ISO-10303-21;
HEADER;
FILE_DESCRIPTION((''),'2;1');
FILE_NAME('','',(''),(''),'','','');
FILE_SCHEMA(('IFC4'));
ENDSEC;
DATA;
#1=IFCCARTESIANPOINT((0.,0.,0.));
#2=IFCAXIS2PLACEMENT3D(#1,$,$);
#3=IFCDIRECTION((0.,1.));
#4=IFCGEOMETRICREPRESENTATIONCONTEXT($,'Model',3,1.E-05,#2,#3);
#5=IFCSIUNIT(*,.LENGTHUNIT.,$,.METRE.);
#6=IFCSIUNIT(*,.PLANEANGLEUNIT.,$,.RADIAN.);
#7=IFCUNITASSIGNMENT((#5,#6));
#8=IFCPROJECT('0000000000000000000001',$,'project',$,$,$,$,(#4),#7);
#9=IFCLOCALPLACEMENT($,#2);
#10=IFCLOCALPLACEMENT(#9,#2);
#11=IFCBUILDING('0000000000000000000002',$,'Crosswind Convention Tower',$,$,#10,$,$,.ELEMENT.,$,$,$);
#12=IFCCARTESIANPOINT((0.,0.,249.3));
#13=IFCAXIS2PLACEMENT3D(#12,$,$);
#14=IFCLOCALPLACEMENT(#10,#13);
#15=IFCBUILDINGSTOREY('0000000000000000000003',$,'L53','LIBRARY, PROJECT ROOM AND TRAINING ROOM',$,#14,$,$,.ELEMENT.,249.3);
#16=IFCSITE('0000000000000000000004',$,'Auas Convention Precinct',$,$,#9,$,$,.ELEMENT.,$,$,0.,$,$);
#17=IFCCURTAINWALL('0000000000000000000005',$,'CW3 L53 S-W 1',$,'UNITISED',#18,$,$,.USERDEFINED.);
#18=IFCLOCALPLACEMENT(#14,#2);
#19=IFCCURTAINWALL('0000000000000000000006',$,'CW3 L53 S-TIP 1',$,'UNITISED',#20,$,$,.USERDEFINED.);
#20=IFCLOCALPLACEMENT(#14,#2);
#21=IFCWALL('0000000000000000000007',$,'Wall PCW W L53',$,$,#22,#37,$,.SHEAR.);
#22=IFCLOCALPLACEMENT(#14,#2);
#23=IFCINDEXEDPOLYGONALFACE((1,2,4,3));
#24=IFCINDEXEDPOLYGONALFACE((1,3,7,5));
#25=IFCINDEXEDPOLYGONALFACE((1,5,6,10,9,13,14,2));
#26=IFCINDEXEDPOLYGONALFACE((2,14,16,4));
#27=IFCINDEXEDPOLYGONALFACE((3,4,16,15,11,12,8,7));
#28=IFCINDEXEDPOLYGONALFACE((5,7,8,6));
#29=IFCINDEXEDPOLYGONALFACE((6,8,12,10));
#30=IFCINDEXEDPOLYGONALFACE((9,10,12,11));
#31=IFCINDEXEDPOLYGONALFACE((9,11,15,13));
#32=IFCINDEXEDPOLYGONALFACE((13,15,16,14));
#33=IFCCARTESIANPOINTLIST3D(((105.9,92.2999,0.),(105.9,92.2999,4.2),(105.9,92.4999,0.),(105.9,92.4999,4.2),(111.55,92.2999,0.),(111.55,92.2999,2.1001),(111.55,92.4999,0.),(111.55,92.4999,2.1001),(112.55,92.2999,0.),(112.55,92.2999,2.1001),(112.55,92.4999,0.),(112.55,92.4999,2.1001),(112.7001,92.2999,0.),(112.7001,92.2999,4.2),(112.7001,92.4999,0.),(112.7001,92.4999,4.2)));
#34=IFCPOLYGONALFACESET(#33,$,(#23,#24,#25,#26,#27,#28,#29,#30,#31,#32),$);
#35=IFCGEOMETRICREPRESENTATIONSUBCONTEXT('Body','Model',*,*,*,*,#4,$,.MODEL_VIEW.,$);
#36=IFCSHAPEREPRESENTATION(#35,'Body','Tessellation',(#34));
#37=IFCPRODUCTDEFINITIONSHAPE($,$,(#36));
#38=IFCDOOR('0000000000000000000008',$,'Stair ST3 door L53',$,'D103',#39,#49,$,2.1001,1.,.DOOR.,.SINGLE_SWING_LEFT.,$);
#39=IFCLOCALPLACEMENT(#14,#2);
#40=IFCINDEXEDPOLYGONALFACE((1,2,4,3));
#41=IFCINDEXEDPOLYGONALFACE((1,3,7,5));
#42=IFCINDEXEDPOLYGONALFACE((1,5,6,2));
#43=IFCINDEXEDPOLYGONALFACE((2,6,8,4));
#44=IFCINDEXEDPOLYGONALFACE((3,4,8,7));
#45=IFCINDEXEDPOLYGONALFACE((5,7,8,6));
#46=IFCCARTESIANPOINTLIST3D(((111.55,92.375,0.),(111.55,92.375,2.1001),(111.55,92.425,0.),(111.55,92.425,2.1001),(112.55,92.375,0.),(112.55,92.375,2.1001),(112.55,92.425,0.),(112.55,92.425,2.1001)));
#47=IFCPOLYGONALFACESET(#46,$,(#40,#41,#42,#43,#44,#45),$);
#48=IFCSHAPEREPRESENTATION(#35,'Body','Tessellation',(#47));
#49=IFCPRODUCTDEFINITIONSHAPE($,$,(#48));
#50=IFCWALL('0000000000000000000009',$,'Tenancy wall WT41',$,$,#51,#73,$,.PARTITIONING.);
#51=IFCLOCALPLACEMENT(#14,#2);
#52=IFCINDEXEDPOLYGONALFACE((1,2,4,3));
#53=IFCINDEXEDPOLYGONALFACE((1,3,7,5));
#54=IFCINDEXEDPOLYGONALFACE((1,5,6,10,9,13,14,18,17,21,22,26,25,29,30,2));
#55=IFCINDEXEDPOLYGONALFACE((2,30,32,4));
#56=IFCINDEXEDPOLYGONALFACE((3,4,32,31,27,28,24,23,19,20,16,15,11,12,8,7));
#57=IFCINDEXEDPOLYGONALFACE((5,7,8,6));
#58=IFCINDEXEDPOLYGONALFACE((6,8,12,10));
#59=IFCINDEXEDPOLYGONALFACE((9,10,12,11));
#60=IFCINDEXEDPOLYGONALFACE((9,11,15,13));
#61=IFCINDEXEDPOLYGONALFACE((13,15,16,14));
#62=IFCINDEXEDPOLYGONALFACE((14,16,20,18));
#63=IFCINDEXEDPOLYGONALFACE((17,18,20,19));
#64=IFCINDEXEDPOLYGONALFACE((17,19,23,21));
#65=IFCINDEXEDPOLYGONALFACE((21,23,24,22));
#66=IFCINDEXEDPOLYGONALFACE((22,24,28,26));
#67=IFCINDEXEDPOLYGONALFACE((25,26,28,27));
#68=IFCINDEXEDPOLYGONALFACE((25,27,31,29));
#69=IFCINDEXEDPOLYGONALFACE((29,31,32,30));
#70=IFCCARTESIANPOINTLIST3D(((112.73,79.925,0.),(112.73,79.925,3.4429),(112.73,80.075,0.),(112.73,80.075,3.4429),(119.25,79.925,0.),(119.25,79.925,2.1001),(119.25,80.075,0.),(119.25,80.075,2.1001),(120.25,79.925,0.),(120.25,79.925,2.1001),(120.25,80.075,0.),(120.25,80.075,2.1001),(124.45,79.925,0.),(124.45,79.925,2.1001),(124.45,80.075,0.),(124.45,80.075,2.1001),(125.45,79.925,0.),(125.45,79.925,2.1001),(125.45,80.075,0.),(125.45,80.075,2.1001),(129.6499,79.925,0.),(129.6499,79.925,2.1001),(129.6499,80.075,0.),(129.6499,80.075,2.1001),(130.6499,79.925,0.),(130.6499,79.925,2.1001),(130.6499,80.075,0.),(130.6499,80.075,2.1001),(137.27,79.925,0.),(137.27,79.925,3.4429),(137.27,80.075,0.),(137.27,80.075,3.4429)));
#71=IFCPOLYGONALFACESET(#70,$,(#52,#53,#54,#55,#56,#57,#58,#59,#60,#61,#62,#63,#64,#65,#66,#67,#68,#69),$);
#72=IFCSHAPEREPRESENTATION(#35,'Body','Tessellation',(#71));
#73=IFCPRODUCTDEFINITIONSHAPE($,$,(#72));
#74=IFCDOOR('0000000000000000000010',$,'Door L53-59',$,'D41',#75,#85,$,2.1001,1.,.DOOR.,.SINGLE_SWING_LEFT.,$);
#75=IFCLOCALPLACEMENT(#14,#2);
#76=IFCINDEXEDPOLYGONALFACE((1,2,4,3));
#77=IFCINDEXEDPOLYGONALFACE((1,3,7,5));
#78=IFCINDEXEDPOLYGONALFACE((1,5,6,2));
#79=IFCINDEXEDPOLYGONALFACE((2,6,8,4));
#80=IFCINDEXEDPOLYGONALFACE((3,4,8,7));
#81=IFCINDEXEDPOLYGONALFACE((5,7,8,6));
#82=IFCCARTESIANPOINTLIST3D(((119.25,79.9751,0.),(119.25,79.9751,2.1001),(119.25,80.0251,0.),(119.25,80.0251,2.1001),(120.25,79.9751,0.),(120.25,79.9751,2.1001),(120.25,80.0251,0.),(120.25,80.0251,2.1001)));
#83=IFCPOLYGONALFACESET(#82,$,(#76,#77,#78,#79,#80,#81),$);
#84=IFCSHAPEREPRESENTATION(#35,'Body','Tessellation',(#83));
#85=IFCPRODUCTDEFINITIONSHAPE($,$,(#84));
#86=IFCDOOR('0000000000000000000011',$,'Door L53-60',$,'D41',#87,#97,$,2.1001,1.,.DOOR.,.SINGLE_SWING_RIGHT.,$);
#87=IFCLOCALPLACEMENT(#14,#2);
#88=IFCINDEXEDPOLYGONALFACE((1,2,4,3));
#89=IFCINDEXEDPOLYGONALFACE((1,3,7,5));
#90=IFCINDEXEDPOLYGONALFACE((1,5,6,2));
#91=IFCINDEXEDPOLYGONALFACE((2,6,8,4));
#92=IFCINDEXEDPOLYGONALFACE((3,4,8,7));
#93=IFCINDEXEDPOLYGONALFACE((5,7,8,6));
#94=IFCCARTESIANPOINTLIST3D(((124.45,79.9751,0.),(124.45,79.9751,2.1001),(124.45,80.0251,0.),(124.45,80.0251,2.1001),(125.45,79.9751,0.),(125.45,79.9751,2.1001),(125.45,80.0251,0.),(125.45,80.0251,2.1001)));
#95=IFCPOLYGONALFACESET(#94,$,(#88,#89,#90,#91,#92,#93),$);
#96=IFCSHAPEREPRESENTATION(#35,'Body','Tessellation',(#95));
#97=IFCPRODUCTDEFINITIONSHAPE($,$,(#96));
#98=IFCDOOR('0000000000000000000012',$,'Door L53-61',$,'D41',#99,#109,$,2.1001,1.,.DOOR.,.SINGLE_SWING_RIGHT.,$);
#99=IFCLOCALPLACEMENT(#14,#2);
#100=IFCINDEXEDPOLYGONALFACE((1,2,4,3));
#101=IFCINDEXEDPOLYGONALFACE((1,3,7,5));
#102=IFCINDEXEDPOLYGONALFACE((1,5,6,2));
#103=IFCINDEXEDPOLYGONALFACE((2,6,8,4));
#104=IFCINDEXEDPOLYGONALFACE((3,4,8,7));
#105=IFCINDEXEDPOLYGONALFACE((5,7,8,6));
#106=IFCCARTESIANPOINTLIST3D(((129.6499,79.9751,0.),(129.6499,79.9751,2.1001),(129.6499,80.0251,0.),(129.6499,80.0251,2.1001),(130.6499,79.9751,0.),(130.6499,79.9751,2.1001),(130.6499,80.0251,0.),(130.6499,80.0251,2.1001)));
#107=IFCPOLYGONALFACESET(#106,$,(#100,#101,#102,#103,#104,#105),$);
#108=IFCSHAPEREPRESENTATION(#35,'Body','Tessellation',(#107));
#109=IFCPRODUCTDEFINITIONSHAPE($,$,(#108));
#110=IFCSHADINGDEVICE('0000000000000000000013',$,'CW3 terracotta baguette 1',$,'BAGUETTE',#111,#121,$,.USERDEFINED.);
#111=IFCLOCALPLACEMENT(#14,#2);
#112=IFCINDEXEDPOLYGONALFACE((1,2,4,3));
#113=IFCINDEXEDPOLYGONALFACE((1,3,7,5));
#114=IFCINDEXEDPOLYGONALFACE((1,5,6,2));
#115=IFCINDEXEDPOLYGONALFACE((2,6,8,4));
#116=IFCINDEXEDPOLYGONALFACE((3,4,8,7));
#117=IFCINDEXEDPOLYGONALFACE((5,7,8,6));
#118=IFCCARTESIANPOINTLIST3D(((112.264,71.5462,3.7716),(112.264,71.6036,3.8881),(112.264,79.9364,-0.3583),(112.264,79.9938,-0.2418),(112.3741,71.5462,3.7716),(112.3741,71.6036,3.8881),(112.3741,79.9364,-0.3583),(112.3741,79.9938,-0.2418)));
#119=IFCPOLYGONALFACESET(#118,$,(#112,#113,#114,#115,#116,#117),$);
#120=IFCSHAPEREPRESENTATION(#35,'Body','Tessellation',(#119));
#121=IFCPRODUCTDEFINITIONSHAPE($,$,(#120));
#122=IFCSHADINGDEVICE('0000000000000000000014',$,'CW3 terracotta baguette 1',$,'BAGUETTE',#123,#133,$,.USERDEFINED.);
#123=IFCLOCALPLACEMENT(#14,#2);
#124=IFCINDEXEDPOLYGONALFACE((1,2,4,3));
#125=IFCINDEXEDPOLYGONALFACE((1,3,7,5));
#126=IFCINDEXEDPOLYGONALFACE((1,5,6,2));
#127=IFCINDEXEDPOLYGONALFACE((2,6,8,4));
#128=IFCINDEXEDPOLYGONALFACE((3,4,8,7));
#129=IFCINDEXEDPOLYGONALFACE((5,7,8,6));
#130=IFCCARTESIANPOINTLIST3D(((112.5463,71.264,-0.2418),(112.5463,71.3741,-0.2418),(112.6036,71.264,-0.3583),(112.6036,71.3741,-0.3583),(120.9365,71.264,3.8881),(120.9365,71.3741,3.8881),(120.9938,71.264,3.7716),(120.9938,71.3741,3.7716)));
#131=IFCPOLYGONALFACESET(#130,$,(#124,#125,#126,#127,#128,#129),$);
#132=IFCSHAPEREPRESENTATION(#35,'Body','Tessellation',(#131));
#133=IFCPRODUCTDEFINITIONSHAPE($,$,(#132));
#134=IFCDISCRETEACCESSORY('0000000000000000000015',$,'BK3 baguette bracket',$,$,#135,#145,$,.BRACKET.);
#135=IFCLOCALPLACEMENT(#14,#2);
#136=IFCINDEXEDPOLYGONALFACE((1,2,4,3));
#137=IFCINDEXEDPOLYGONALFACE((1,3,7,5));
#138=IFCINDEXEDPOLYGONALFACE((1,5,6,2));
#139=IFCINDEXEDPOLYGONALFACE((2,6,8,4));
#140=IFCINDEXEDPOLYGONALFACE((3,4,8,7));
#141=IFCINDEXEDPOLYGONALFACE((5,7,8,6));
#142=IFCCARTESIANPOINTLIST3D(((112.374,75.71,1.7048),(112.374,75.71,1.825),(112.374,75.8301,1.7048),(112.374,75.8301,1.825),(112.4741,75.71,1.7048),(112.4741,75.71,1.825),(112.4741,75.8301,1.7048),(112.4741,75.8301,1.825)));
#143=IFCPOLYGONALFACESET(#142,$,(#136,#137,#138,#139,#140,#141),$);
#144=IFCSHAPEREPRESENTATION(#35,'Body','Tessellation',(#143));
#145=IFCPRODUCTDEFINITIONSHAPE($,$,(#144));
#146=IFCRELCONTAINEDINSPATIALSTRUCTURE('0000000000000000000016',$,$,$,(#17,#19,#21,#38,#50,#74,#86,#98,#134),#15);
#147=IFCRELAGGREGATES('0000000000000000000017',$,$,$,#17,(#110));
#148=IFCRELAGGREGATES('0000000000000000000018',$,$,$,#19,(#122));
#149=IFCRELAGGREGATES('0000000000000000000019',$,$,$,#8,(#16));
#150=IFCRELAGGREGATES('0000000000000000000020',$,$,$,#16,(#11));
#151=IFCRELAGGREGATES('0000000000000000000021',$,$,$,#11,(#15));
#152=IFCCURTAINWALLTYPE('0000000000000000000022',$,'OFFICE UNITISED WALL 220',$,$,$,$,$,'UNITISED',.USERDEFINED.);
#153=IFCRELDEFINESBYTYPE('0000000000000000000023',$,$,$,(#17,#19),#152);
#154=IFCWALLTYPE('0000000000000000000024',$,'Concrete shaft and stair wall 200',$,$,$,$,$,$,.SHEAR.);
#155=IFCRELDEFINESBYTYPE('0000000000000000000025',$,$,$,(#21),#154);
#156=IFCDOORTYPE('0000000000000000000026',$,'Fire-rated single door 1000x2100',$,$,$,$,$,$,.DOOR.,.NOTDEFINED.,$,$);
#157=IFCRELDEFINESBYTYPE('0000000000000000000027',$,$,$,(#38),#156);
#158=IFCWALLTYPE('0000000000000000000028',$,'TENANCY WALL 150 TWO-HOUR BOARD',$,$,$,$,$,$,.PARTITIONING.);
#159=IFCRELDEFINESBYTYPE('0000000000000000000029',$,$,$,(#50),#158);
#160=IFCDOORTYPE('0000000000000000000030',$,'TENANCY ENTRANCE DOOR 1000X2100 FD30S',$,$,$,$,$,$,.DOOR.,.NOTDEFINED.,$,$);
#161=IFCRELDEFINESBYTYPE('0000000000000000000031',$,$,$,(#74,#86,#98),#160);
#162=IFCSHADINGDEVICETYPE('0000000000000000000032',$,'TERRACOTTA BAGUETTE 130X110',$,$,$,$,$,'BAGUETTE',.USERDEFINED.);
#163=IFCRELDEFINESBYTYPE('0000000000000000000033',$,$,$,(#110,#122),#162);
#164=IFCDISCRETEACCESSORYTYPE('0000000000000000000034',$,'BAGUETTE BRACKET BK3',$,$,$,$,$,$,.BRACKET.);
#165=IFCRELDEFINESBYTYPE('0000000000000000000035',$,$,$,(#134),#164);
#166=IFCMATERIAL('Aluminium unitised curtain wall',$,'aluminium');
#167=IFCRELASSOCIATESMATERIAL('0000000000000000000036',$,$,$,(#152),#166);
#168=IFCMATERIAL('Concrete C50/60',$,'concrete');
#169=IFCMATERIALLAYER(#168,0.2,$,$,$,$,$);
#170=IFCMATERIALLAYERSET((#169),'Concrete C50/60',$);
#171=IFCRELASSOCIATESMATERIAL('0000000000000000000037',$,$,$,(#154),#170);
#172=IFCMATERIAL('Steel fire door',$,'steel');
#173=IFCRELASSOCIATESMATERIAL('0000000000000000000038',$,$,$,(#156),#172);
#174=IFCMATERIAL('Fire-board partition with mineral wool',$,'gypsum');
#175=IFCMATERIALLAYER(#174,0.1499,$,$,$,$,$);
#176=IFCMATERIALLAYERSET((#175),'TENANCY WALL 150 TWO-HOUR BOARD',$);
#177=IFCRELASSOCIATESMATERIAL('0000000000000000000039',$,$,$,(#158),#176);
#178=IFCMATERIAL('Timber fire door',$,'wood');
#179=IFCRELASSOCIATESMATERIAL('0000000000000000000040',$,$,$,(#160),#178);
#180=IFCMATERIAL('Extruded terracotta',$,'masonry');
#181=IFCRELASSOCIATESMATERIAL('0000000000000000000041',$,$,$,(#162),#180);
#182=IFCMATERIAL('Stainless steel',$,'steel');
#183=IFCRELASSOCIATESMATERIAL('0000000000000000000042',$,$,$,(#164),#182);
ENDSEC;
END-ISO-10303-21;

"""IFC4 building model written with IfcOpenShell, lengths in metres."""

from ifc_helpers import new_model, si_unit, direction, frame, frame_2d, origin, origin_2d, place, context, subcontext, project, spatial, rectangle, extrude, material, layer, layer_set, material_profile, profile_set, type_object, element, fill, aggregate, save


model = new_model("IFC4")

# Units and contexts
model_context = context("Model", 3, precision=1e-05, world=origin(), true_north=direction((0.0, 1.0)))
body_context = subcontext(model_context, "Body", "Model", "MODEL_VIEW")
ifc_project = project(units=[si_unit("LENGTHUNIT", "METRE"), si_unit("PLANEANGLEUNIT", "RADIAN")], contexts=[model_context])

# Site, building, storey
site_placement = place(None, origin())
site = spatial("IfcSite", under=ifc_project, at=site_placement, Name="Auas Convention Precinct", CompositionType="ELEMENT", RefElevation=0.0)
building_placement = place(site_placement, origin())
building = spatial("IfcBuilding", under=site, at=building_placement, Name="Crosswind Convention Tower", CompositionType="ELEMENT")
storey_placement = place(building_placement, frame((0.0, 0.0, 249.3)))
storey = spatial("IfcBuildingStorey", under=building, at=storey_placement, Name="L53", Description="LIBRARY, PROJECT ROOM AND TRAINING ROOM", CompositionType="ELEMENT", Elevation=249.3)

# Curtain wall
ifc_material_1 = material(Name="Aluminium unitised curtain wall", Category="aluminium")
curtain_wall_type_1 = type_object("IfcCurtainWallType", Name="OFFICE UNITISED WALL 220", ElementType="UNITISED", PredefinedType="USERDEFINED", material=ifc_material_1)
curtain_wall_1_placement = place(storey_placement, origin())
curtain_wall_1 = element("IfcCurtainWall", 1, at=curtain_wall_1_placement, inside=storey, type_object=curtain_wall_type_1, Name="CW3 L53 S-W 1", ObjectType="UNITISED", PredefinedType="USERDEFINED")

# Curtain wall
curtain_wall_2_placement = place(storey_placement, origin())
curtain_wall_2 = element("IfcCurtainWall", 2, at=curtain_wall_2_placement, inside=storey, type_object=curtain_wall_type_1, Name="CW3 L53 S-TIP 1", ObjectType="UNITISED", PredefinedType="USERDEFINED")

# Wall, opening, door
ifc_material_2 = material(Name="Concrete C50/60", Category="concrete")
ifc_layer_1 = layer(ifc_material_2, 0.2)
ifc_layer_set_1 = layer_set([ifc_layer_1], Name="Concrete C50/60")
wall_type_1 = type_object("IfcWallType", Name="Concrete shaft and stair wall 200", PredefinedType="SHEAR", material=ifc_layer_set_1)
ifc_material_3 = material(Name="Steel fire door", Category="steel")
wall_1_placement = place(storey_placement, frame((112.7, 92.3999, 0.0), z_axis=(0.0, 0.0, 1.0), x_axis=(-1.0, 0.0, 0.0)))
wall_1 = element("IfcWall", 3, at=wall_1_placement, inside=storey, type_object=wall_type_1, Name="Wall PCW W L53", PredefinedType="SHEAR", context=body_context, shape_type="SweptSolid", body=[
    extrude(rectangle(XDim=6.8, YDim=0.2, at=frame_2d((3.3999, 0.0))), origin(), (0.0, 0.0, 1.0), 4.2),
])
opening_1_placement = place(wall_1_placement, frame((0.1499, 0.0, 0.0)))
opening_1 = element("IfcOpeningElement", 4, at=opening_1_placement, cuts=wall_1, PredefinedType="OPENING", context=body_context, shape_type="SweptSolid", body=[
    extrude(rectangle(XDim=1.0, YDim=2.1001, at=frame_2d((0.5, 1.05))), frame((0.0, 0.1099, 0.0), z_axis=(0.0, -1.0, 0.0), x_axis=(1.0, 0.0, 0.0)), (0.0, 0.0, 1.0), 0.22),
])
door_type_1 = type_object("IfcDoorType", Name="Fire-rated single door 1000x2100", OperationType="NOTDEFINED", PredefinedType="DOOR", material=ifc_material_3)
door_1_placement = place(opening_1_placement, origin())
door_1 = element("IfcDoor", 5, at=door_1_placement, inside=storey, type_object=door_type_1, Name="Stair ST3 door L53", ObjectType="D103", OperationType="SINGLE_SWING_LEFT", OverallHeight=2.1001, OverallWidth=1.0, PredefinedType="DOOR", context=body_context, shape_type="SweptSolid", body=[
    extrude(rectangle(XDim=1.0, YDim=2.1001, at=frame_2d((0.5, 1.05))), frame((0.0, 0.0249, 0.0), z_axis=(0.0, -1.0, 0.0), x_axis=(1.0, 0.0, 0.0)), (0.0, 0.0, 1.0), 0.05),
])
fill(opening_1, door_1)

# Wall, openings, doors
ifc_material_4 = material(Name="Fire-board partition with mineral wool", Category="gypsum")
ifc_layer_2 = layer(ifc_material_4, 0.1499)
ifc_layer_set_2 = layer_set([ifc_layer_2], Name="TENANCY WALL 150 TWO-HOUR BOARD")
wall_type_2 = type_object("IfcWallType", Name="TENANCY WALL 150 TWO-HOUR BOARD", PredefinedType="PARTITIONING", material=ifc_layer_set_2)
wall_2_placement = place(storey_placement, frame((112.73, 80.0, 0.0), z_axis=(0.0, 0.0, 1.0), x_axis=(1.0, 0.0, 0.0)))
wall_2 = element("IfcWall", 6, at=wall_2_placement, inside=storey, type_object=wall_type_2, Name="Tenancy wall WT41", PredefinedType="PARTITIONING", context=body_context, shape_type="SweptSolid", body=[
    extrude(rectangle(XDim=24.54, YDim=0.1499, at=frame_2d((12.27, 0.0))), origin(), (0.0, 0.0, 1.0), 3.4429),
])
opening_2_placement = place(wall_2_placement, frame((6.52, 0.0, 0.0)))
opening_2 = element("IfcOpeningElement", 7, at=opening_2_placement, cuts=wall_2, PredefinedType="OPENING", context=body_context, shape_type="SweptSolid", body=[
    extrude(rectangle(XDim=1.0, YDim=2.1001, at=frame_2d((0.5, 1.05))), frame((0.0, 0.085, 0.0), z_axis=(0.0, -1.0, 0.0), x_axis=(1.0, 0.0, 0.0)), (0.0, 0.0, 1.0), 0.1699),
])
opening_3_placement = place(wall_2_placement, frame((11.72, 0.0, 0.0)))
opening_3 = element("IfcOpeningElement", 8, at=opening_3_placement, cuts=wall_2, PredefinedType="OPENING", context=body_context, shape_type="SweptSolid", body=[
    extrude(rectangle(XDim=1.0, YDim=2.1001, at=frame_2d((0.5, 1.05))), frame((0.0, 0.085, 0.0), z_axis=(0.0, -1.0, 0.0), x_axis=(1.0, 0.0, 0.0)), (0.0, 0.0, 1.0), 0.1699),
])
opening_4_placement = place(wall_2_placement, frame((16.9199, 0.0, 0.0)))
opening_4 = element("IfcOpeningElement", 9, at=opening_4_placement, cuts=wall_2, PredefinedType="OPENING", context=body_context, shape_type="SweptSolid", body=[
    extrude(rectangle(XDim=1.0, YDim=2.1001, at=frame_2d((0.5, 1.05))), frame((0.0, 0.085, 0.0), z_axis=(0.0, -1.0, 0.0), x_axis=(1.0, 0.0, 0.0)), (0.0, 0.0, 1.0), 0.1699),
])
ifc_material_5 = material(Name="Timber fire door", Category="wood")
door_type_2 = type_object("IfcDoorType", Name="TENANCY ENTRANCE DOOR 1000X2100 FD30S", OperationType="NOTDEFINED", PredefinedType="DOOR", material=ifc_material_5)
door_2_placement = place(opening_2_placement, frame((1.0, 0.0, 0.0), z_axis=(0.0, 0.0, 1.0), x_axis=(-1.0, 0.0, 0.0)))
door_2 = element("IfcDoor", 10, at=door_2_placement, inside=storey, type_object=door_type_2, Name="Door L53-59", ObjectType="D41", OperationType="SINGLE_SWING_LEFT", OverallHeight=2.1001, OverallWidth=1.0, PredefinedType="DOOR", context=body_context, shape_type="SweptSolid", body=[
    extrude(rectangle(XDim=1.0, YDim=2.1001, at=frame_2d((0.5, 1.05))), frame((0.0, 0.0249, 0.0), z_axis=(0.0, -1.0, 0.0), x_axis=(1.0, 0.0, 0.0)), (0.0, 0.0, 1.0), 0.05),
])
fill(opening_2, door_2)
door_3_placement = place(opening_3_placement, frame((1.0, 0.0, 0.0), z_axis=(0.0, 0.0, 1.0), x_axis=(-1.0, 0.0, 0.0)))
door_3 = element("IfcDoor", 11, at=door_3_placement, inside=storey, type_object=door_type_2, Name="Door L53-60", ObjectType="D41", OperationType="SINGLE_SWING_RIGHT", OverallHeight=2.1001, OverallWidth=1.0, PredefinedType="DOOR", context=body_context, shape_type="SweptSolid", body=[
    extrude(rectangle(XDim=1.0, YDim=2.1001, at=frame_2d((0.5, 1.05))), frame((0.0, 0.0249, 0.0), z_axis=(0.0, -1.0, 0.0), x_axis=(1.0, 0.0, 0.0)), (0.0, 0.0, 1.0), 0.05),
])
fill(opening_3, door_3)
door_4_placement = place(opening_4_placement, frame((1.0, 0.0, 0.0), z_axis=(0.0, 0.0, 1.0), x_axis=(-1.0, 0.0, 0.0)))
door_4 = element("IfcDoor", 12, at=door_4_placement, inside=storey, type_object=door_type_2, Name="Door L53-61", ObjectType="D41", OperationType="SINGLE_SWING_RIGHT", OverallHeight=2.1001, OverallWidth=1.0, PredefinedType="DOOR", context=body_context, shape_type="SweptSolid", body=[
    extrude(rectangle(XDim=1.0, YDim=2.1001, at=frame_2d((0.5, 1.05))), frame((0.0, 0.0249, 0.0), z_axis=(0.0, -1.0, 0.0), x_axis=(1.0, 0.0, 0.0)), (0.0, 0.0, 1.0), 0.05),
])
fill(opening_4, door_4)

# Shading devices
ifc_material_6 = material(Name="Extruded terracotta", Category="masonry")
ifc_material_profile_1 = material_profile(ifc_material_6, rectangle(XDim=0.1101, YDim=0.1299, at=origin_2d()), Name="TC 110X130")
ifc_profile_set_1 = profile_set([ifc_material_profile_1], Name="Extruded terracotta")
shading_device_type = type_object("IfcShadingDeviceType", Name="TERRACOTTA BAGUETTE 130X110", ElementType="BAGUETTE", PredefinedType="USERDEFINED", material=ifc_profile_set_1)
shading_device_1_placement = place(storey_placement, frame((112.3191, 79.9651, -0.3), z_axis=(0.0, -0.897198, 0.441628), x_axis=(1.0, 0.0, 0.0)))
shading_device_1 = element("IfcShadingDevice", 13, at=shading_device_1_placement, type_object=shading_device_type, Name="CW3 terracotta baguette 1", ObjectType="BAGUETTE", PredefinedType="USERDEFINED", context=body_context, shape_type="SweptSolid", body=[
    extrude(rectangle(XDim=0.1101, YDim=0.1299, at=origin_2d()), origin(), (0.0, 0.0, 1.0), 9.3516),
])
aggregate(curtain_wall_1, [shading_device_1])
shading_device_2_placement = place(storey_placement, frame((112.575, 71.3191, -0.3), z_axis=(0.897198, 0.0, 0.441628), x_axis=(0.0, 1.0, 0.0)))
shading_device_2 = element("IfcShadingDevice", 14, at=shading_device_2_placement, type_object=shading_device_type, Name="CW3 terracotta baguette 1", ObjectType="BAGUETTE", PredefinedType="USERDEFINED", context=body_context, shape_type="SweptSolid", body=[
    extrude(rectangle(XDim=0.1101, YDim=0.1299, at=origin_2d()), origin(), (0.0, 0.0, 1.0), 9.3516),
])
aggregate(curtain_wall_2, [shading_device_2])

# Discrete accessory
ifc_material_7 = material(Name="Stainless steel", Category="steel")
discrete_accessory_type = type_object("IfcDiscreteAccessoryType", Name="BAGUETTE BRACKET BK3", PredefinedType="BRACKET", material=ifc_material_7)
discrete_accessory_placement = place(storey_placement, frame((112.4241, 75.77, 1.7048), z_axis=(0.0, 0.0, 1.0), x_axis=(0.0, -1.0, 0.0)))
element("IfcDiscreteAccessory", 15, at=discrete_accessory_placement, inside=storey, type_object=discrete_accessory_type, Name="BK3 baguette bracket", PredefinedType="BRACKET", context=body_context, shape_type="SweptSolid", body=[
    extrude(rectangle(XDim=0.1201, YDim=0.1001, at=origin_2d()), origin(), (0.0, 0.0, 1.0), 0.1201),
])

save(model, "model.ifc")
